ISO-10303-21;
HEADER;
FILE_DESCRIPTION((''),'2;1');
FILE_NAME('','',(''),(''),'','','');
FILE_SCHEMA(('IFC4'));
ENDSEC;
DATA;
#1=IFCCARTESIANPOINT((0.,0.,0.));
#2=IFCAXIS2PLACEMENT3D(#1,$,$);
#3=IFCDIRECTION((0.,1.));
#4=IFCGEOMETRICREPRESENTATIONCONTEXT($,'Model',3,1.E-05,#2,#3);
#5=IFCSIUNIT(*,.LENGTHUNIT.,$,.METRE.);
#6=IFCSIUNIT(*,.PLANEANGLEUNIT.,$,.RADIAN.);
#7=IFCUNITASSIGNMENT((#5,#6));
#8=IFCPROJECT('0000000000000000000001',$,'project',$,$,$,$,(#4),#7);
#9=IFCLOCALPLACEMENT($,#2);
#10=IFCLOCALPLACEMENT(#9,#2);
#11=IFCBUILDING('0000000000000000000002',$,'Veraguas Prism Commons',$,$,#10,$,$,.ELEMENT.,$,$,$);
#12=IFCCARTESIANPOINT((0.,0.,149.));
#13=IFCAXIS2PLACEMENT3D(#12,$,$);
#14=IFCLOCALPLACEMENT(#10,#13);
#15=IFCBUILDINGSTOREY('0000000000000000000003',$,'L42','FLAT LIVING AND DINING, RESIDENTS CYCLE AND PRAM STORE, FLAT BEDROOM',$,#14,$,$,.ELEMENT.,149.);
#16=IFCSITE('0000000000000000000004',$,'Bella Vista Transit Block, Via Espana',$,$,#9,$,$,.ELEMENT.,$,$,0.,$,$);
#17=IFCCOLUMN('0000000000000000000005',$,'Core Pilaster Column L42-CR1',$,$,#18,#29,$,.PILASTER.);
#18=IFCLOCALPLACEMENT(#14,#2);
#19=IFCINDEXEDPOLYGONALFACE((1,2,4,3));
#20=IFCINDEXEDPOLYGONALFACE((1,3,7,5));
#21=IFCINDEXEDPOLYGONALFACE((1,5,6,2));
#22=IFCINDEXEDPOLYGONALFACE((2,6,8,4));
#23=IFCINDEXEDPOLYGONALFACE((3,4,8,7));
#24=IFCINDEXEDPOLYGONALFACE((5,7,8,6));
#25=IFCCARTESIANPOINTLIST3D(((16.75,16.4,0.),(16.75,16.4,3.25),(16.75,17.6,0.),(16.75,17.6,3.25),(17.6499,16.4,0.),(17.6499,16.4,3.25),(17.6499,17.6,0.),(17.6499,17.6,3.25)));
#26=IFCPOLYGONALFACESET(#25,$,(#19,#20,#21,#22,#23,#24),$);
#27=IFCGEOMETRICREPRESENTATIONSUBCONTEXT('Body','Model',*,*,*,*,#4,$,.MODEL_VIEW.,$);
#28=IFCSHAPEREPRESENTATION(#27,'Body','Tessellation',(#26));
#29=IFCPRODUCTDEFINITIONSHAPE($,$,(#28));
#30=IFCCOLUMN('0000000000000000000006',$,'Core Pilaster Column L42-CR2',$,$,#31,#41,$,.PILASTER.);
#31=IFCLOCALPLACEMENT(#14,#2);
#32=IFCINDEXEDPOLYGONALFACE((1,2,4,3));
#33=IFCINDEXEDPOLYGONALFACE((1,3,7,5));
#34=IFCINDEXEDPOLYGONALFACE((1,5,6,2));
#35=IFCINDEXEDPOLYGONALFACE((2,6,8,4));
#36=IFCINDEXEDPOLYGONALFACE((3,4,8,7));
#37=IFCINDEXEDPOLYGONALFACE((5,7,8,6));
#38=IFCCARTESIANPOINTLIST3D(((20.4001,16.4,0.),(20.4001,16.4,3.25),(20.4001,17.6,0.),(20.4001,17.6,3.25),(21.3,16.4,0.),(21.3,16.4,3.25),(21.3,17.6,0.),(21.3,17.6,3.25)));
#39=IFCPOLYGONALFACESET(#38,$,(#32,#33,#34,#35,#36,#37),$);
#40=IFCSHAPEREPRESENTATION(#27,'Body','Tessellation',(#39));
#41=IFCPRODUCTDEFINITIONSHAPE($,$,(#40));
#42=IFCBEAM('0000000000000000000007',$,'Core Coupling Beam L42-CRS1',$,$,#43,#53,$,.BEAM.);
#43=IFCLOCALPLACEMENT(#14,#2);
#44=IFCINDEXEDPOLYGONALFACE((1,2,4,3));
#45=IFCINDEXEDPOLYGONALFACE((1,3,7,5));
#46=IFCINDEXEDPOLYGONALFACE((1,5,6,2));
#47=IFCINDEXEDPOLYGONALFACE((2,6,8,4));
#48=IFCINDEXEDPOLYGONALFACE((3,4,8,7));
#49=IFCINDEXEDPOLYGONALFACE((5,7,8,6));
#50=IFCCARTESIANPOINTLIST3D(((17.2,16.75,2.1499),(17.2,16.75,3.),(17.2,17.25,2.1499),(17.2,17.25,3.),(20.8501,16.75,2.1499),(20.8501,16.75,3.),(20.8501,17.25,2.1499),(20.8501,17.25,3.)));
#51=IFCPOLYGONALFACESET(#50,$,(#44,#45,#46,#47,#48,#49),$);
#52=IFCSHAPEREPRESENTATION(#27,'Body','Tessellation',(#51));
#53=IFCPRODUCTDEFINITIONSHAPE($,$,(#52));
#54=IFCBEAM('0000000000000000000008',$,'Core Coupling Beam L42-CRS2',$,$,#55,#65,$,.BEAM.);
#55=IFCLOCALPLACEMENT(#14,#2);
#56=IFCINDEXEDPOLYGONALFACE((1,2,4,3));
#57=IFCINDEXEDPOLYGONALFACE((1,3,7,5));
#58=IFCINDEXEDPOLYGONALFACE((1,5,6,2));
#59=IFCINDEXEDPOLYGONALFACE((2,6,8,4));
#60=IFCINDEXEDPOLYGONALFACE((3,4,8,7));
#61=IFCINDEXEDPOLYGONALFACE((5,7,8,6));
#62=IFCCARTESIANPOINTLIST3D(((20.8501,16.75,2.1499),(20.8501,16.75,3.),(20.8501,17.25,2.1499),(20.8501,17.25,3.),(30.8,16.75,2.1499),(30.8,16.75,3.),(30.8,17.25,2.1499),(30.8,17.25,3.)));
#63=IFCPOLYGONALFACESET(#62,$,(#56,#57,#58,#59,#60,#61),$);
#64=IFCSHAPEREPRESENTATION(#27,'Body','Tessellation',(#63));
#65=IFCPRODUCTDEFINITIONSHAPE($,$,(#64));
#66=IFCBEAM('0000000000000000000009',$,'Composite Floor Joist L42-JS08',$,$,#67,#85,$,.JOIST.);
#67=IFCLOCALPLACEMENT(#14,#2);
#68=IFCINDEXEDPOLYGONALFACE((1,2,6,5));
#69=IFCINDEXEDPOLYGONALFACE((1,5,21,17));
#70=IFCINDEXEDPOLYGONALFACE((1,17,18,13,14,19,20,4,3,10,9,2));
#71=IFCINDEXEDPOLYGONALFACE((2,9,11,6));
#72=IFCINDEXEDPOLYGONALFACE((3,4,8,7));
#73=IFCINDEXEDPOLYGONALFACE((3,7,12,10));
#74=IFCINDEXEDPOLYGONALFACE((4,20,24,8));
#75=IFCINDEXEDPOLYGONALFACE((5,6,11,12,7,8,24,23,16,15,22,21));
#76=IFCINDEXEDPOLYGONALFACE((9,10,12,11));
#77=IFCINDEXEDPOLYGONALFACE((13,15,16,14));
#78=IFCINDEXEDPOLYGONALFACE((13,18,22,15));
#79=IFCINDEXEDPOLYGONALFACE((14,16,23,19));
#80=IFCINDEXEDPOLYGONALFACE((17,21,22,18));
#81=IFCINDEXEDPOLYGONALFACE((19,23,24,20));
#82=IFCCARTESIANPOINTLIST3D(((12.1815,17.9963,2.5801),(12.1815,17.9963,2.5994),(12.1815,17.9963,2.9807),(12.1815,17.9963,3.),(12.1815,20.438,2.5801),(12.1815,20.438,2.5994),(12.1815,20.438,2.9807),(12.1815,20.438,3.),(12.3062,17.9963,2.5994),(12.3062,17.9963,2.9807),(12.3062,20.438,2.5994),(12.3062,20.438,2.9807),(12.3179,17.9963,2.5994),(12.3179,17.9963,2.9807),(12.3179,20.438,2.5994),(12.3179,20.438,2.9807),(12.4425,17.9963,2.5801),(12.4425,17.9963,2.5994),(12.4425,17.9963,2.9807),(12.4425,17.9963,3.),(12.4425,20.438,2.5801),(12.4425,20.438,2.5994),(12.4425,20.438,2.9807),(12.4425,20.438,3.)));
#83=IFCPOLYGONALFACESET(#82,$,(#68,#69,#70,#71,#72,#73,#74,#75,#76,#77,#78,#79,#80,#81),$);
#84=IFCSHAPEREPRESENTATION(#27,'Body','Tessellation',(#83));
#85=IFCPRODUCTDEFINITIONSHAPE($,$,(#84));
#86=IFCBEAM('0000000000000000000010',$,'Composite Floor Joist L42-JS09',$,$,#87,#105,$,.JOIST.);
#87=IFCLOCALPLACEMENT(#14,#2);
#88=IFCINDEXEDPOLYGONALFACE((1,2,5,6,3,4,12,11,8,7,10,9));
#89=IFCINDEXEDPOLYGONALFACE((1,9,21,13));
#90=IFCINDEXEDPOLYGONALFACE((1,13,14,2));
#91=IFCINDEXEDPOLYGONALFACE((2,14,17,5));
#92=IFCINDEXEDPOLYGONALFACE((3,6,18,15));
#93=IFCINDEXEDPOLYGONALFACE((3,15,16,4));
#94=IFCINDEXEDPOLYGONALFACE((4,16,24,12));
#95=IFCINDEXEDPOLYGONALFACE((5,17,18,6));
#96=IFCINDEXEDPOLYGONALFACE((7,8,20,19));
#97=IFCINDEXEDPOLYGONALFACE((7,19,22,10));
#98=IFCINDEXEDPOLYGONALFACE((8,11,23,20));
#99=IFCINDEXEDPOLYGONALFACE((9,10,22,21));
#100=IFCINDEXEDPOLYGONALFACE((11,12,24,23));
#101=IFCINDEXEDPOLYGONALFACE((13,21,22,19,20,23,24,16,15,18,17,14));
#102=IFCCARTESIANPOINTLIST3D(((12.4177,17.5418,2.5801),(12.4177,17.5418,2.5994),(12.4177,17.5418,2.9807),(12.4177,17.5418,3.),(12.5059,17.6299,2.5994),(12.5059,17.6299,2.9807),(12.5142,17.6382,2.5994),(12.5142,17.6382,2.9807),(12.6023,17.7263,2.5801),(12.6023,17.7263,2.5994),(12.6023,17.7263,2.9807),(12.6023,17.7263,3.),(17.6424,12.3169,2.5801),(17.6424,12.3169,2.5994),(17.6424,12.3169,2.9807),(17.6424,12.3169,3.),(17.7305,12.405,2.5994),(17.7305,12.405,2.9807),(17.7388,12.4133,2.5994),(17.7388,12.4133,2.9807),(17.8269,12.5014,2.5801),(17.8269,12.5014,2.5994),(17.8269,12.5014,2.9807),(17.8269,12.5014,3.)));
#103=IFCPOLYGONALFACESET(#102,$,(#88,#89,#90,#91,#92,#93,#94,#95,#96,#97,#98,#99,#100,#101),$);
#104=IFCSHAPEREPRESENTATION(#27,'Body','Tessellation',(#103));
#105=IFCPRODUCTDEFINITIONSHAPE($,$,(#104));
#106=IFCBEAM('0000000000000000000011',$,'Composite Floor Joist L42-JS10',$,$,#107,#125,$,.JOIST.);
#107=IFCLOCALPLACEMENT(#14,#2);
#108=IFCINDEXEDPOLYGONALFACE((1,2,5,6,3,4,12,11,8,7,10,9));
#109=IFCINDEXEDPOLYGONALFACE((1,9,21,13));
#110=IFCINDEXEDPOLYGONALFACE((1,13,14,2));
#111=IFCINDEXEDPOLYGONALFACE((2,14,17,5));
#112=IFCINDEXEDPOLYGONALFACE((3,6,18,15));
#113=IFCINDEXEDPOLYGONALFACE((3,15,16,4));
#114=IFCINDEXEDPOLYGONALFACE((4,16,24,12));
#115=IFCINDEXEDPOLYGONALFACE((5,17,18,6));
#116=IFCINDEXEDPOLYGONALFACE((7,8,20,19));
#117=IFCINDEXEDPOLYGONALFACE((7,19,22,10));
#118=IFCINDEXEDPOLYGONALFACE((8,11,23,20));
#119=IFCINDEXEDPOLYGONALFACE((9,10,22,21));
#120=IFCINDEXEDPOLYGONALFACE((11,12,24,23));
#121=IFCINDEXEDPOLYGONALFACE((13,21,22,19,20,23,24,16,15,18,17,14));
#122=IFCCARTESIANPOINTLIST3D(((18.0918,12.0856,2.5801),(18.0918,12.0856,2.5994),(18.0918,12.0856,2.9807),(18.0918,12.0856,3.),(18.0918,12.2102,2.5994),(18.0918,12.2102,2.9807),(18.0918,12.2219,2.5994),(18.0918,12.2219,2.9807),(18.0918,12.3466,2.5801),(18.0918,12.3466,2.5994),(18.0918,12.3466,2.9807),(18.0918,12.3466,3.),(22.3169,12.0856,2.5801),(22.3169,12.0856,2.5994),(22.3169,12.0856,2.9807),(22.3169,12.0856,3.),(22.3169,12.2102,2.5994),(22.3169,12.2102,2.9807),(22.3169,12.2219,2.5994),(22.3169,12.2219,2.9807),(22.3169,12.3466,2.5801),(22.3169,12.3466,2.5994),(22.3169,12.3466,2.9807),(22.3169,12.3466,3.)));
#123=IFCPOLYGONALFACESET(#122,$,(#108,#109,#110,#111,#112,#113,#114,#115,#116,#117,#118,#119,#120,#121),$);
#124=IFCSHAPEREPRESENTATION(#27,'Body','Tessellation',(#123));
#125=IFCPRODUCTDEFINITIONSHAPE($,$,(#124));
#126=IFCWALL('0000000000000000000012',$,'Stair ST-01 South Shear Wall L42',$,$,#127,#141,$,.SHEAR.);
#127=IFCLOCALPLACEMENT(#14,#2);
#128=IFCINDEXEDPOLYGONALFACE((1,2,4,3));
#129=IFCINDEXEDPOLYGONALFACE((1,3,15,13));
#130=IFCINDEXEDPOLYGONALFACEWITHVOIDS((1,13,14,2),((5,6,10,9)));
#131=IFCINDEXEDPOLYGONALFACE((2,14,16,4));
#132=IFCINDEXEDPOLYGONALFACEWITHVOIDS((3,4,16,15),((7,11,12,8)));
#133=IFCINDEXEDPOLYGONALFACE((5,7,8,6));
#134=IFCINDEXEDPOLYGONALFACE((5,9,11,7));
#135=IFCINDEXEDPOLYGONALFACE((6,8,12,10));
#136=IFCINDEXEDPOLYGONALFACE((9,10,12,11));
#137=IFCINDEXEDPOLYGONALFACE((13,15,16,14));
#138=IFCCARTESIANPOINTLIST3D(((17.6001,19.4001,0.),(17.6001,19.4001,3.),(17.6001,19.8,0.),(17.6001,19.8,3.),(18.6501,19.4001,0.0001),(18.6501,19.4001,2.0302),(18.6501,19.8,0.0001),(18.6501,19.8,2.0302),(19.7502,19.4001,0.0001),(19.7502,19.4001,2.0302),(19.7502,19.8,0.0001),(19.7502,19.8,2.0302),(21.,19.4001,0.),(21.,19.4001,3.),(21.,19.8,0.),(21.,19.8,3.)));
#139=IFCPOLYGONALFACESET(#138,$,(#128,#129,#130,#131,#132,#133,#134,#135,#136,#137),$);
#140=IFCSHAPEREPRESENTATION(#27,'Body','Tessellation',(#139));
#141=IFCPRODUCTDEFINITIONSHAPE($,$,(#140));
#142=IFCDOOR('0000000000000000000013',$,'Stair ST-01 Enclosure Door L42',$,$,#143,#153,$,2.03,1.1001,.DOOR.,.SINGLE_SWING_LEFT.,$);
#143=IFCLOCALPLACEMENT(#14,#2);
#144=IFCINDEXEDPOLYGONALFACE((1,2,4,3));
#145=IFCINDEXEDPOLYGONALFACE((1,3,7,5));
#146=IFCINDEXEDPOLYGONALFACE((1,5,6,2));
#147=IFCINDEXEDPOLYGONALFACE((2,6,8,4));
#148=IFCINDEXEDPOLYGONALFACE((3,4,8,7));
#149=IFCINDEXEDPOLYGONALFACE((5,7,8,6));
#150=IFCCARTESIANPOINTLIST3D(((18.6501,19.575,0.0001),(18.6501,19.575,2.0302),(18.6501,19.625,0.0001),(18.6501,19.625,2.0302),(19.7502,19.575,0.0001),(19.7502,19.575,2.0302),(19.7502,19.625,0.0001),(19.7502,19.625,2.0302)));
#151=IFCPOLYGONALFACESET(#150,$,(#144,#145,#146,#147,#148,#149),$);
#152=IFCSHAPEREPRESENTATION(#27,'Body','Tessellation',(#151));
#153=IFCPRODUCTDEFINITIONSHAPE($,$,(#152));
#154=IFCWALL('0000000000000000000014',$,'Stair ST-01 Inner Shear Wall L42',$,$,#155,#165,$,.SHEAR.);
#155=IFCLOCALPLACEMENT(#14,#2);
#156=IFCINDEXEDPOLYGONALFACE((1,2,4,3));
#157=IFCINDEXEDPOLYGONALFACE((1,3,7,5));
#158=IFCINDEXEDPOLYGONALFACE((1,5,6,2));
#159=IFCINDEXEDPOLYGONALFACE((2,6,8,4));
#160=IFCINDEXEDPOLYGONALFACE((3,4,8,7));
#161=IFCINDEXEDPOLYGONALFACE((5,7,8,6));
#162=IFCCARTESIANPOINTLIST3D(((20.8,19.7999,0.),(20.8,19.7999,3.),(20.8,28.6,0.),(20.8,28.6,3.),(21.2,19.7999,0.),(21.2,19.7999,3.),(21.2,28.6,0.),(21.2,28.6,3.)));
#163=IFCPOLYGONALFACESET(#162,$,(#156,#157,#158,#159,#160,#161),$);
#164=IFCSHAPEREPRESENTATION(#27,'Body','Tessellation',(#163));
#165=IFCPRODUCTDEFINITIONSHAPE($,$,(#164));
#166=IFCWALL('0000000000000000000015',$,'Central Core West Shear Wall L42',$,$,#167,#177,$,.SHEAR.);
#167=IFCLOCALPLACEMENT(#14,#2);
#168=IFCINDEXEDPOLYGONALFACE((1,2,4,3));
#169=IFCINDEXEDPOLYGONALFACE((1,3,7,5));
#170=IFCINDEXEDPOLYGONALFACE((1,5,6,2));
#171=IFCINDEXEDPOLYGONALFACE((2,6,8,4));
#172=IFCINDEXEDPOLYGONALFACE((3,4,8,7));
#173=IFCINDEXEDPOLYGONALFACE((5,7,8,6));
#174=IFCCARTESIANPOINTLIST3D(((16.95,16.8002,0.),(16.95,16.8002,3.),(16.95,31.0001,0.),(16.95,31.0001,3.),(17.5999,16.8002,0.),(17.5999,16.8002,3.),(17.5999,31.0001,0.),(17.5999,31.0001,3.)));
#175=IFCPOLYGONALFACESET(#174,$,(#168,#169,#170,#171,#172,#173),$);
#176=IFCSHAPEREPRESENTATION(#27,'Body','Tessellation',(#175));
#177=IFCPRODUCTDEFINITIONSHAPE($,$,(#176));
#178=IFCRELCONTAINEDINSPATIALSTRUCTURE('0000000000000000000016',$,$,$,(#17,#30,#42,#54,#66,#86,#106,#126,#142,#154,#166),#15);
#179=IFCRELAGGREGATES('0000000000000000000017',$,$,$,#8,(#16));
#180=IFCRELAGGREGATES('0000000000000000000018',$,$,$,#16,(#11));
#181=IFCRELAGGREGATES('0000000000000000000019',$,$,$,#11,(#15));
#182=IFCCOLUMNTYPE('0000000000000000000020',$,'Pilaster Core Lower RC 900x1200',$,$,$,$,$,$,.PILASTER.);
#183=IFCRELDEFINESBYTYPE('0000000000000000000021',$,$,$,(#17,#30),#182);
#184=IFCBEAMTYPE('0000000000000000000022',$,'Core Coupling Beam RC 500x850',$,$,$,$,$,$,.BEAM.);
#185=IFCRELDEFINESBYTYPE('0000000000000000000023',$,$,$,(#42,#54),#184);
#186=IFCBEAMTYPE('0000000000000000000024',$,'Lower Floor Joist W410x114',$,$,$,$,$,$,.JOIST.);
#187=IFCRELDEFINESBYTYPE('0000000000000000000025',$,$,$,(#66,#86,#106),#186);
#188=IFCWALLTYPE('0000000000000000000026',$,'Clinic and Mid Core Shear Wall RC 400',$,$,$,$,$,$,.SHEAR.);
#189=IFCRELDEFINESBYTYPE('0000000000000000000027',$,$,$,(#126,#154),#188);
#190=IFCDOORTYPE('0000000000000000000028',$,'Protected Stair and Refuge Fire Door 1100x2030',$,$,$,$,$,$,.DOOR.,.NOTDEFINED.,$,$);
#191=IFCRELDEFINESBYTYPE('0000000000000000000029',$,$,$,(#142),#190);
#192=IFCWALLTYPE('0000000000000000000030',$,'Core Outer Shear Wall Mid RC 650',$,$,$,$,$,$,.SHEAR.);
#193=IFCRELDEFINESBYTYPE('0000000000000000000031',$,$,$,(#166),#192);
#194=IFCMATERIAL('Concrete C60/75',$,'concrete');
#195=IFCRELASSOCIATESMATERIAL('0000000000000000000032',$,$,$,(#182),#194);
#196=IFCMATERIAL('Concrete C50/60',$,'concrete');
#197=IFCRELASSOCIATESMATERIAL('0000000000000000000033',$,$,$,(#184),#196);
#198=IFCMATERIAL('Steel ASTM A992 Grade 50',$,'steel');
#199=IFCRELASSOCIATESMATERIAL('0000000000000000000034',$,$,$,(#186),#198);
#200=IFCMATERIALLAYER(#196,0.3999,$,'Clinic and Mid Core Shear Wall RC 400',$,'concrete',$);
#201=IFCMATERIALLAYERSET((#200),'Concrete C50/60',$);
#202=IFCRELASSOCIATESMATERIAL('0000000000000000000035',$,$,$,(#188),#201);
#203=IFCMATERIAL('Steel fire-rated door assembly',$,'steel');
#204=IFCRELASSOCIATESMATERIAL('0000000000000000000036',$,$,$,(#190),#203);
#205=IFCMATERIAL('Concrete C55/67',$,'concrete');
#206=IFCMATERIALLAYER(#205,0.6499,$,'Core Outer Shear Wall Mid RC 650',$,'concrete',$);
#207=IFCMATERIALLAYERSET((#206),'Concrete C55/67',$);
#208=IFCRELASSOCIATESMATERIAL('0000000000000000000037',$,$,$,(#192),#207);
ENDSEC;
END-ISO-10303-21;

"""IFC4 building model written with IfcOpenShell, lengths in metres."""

from ifc_helpers import new_model, si_unit, direction, frame, frame_2d, origin, origin_2d, place, context, subcontext, project, spatial, rectangle, i_section, extrude, source, transform, mapped, material, layer, layer_set, material_profile, profile_set, type_object, element, fill, save


model = new_model("IFC4")

# Units and contexts
model_context = context("Model", 3, precision=1e-05, world=origin(), true_north=direction((0.0, 1.0)))
body_context = subcontext(model_context, "Body", "Model", "MODEL_VIEW")
ifc_project = project(units=[si_unit("LENGTHUNIT", "METRE"), si_unit("PLANEANGLEUNIT", "RADIAN")], contexts=[model_context])

# Site, building, storey
site_placement = place(None, origin())
site = spatial("IfcSite", under=ifc_project, at=site_placement, Name="Bella Vista Transit Block, Via Espana", CompositionType="ELEMENT", RefElevation=0.0)
building_placement = place(site_placement, origin())
building = spatial("IfcBuilding", under=site, at=building_placement, Name="Veraguas Prism Commons", CompositionType="ELEMENT")
storey_placement = place(building_placement, frame((0.0, 0.0, 149.0)))
storey = spatial("IfcBuildingStorey", under=building, at=storey_placement, Name="L42", Description="FLAT LIVING AND DINING, RESIDENTS CYCLE AND PRAM STORE, FLAT BEDROOM", CompositionType="ELEMENT", Elevation=149.0)

# Columns
ifc_material_1 = material(Name="Concrete C60/75", Category="concrete")
ifc_material_profile_1 = material_profile(ifc_material_1, rectangle(XDim=0.8999, YDim=1.2, at=origin_2d()), Name="RC900X1200")
ifc_profile_set_1 = profile_set([ifc_material_profile_1], Name="Concrete C60/75")
column_type = type_object("IfcColumnType", Name="Pilaster Core Lower RC 900x1200", PredefinedType="PILASTER", material=ifc_profile_set_1)
for number, where, z_axis, x_axis, name in (
    (1, (17.2, 17.0, 0.0), (0.0, 0.0, 1.0), (1.0, 0.0, 0.0), "Core Pilaster Column L42-CR1"),
    (2, (20.8501, 17.0, 0.0), (0.0, 0.0, 1.0), (1.0, 0.0, 0.0), "Core Pilaster Column L42-CR2"),
):
    element("IfcColumn", number, at=place(storey_placement, frame(where, z_axis=z_axis, x_axis=x_axis)), inside=storey, type_object=column_type, Name=name, PredefinedType="PILASTER", context=body_context, shape_type="SweptSolid", body=[
        extrude(rectangle(XDim=0.8999, YDim=1.2, at=origin_2d()), origin(), (0.0, 0.0, 1.0), 3.25),
    ])

# Beams
ifc_material_2 = material(Name="Concrete C50/60", Category="concrete")
ifc_material_profile_2 = material_profile(ifc_material_2, rectangle(XDim=0.5, YDim=0.8501, at=origin_2d()), Name="RC500X850")
ifc_profile_set_2 = profile_set([ifc_material_profile_2], Name="Concrete C50/60")
beam_type_1 = type_object("IfcBeamType", Name="Core Coupling Beam RC 500x850", PredefinedType="BEAM", material=ifc_profile_set_2)
beam_1_placement = place(storey_placement, frame((17.2, 17.0, 2.575), z_axis=(1.0, 0.0, 0.0), x_axis=(0.0, 1.0, 0.0)))
element("IfcBeam", 3, at=beam_1_placement, inside=storey, type_object=beam_type_1, Name="Core Coupling Beam L42-CRS1", PredefinedType="BEAM", context=body_context, shape_type="SweptSolid", body=[
    extrude(rectangle(XDim=0.5, YDim=0.8501, at=origin_2d()), origin(), (0.0, 0.0, 1.0), 3.6501),
])
beam_2_placement = place(storey_placement, frame((20.8501, 17.0, 2.575), z_axis=(1.0, 0.0, 0.0), x_axis=(0.0, 1.0, 0.0)))
element("IfcBeam", 4, at=beam_2_placement, inside=storey, type_object=beam_type_1, Name="Core Coupling Beam L42-CRS2", PredefinedType="BEAM", context=body_context, shape_type="SweptSolid", body=[
    extrude(rectangle(XDim=0.5, YDim=0.8501, at=origin_2d()), origin(), (0.0, 0.0, 1.0), 9.95),
])
ifc_material_3 = material(Name="Steel ASTM A992 Grade 50", Category="steel")
ifc_material_profile_3 = material_profile(ifc_material_3, i_section(OverallWidth=0.261, OverallDepth=0.4199, WebThickness=0.0117, FlangeThickness=0.0193, at=origin_2d()), Name="W410X114")
ifc_profile_set_3 = profile_set([ifc_material_profile_3], Name="Steel ASTM A992 Grade 50")
beam_type_2 = type_object("IfcBeamType", Name="Lower Floor Joist W410x114", PredefinedType="JOIST", material=ifc_profile_set_3)
beam_3_placement = place(storey_placement, frame((12.312, 20.438, 2.79), z_axis=(0.0, -1.0, 0.0), x_axis=(1.0, 0.0, 0.0)))
element("IfcBeam", 5, at=beam_3_placement, inside=storey, type_object=beam_type_2, Name="Composite Floor Joist L42-JS08", PredefinedType="JOIST", context=body_context, shape_type="SweptSolid", body=[
    extrude(i_section(OverallWidth=0.261, OverallDepth=0.4199, WebThickness=0.0117, FlangeThickness=0.0193, at=origin_2d()), origin(), (0.0, 0.0, 1.0), 2.4417),
])
beam_4_placement = place(storey_placement, frame((12.51, 17.634, 2.79), z_axis=(0.70709, -0.707123, 0.0), x_axis=(0.707123, 0.70709, 0.0)))
element("IfcBeam", 6, at=beam_4_placement, inside=storey, type_object=beam_type_2, Name="Composite Floor Joist L42-JS09", PredefinedType="JOIST", context=body_context, shape_type="SweptSolid", body=[
    extrude(i_section(OverallWidth=0.261, OverallDepth=0.4199, WebThickness=0.0117, FlangeThickness=0.0193, at=origin_2d()), origin(), (0.0, 0.0, 1.0), 7.3889),
])
beam_5_placement = place(storey_placement, frame((18.0918, 12.2161, 2.79), z_axis=(1.0, 0.0, 0.0), x_axis=(0.0, 1.0, 0.0)))
element("IfcBeam", 7, at=beam_5_placement, inside=storey, type_object=beam_type_2, Name="Composite Floor Joist L42-JS10", PredefinedType="JOIST", context=body_context, shape_type="SweptSolid", body=[
    extrude(i_section(OverallWidth=0.261, OverallDepth=0.4199, WebThickness=0.0117, FlangeThickness=0.0193, at=origin_2d()), origin(), (0.0, 0.0, 1.0), 4.2251),
])

# Wall, opening, door
ifc_layer_1 = layer(ifc_material_2, 0.3999, Name="Clinic and Mid Core Shear Wall RC 400", Category="concrete")
ifc_layer_set_1 = layer_set([ifc_layer_1], Name="Concrete C50/60")
wall_type_1 = type_object("IfcWallType", Name="Clinic and Mid Core Shear Wall RC 400", PredefinedType="SHEAR", material=ifc_layer_set_1)
wall_1_placement = place(storey_placement, frame((17.6001, 19.6001, 0.0), z_axis=(0.0, 0.0, 1.0), x_axis=(1.0, 0.0, 0.0)))
wall_1 = element("IfcWall", 8, at=wall_1_placement, inside=storey, type_object=wall_type_1, Name="Stair ST-01 South Shear Wall L42", PredefinedType="SHEAR", context=body_context, shape_type="SweptSolid", body=[
    extrude(rectangle(XDim=3.3999, YDim=0.3999, at=frame_2d((1.7, 0.0))), origin(), (0.0, 0.0, 1.0), 3.0),
])
opening_1_placement = place(wall_1_placement, frame((1.05, 0.0, 0.0)))
opening_1 = element("IfcOpeningElement", 9, at=opening_1_placement, cuts=wall_1, PredefinedType="OPENING", context=body_context, shape_type="SweptSolid", body=[
    extrude(rectangle(XDim=1.1001, YDim=2.03, at=frame_2d((0.55, 1.0151))), frame((0.0, 0.21, 0.0), z_axis=(0.0, -1.0, 0.0), x_axis=(1.0, 0.0, 0.0)), (0.0, 0.0, 1.0), 0.4199),
])
ifc_material_4 = material(Name="Steel fire-rated door assembly", Category="steel")
door_type_1 = type_object("IfcDoorType", Name="Protected Stair and Refuge Fire Door 1100x2030", OperationType="NOTDEFINED", PredefinedType="DOOR", material=ifc_material_4)
shared_shape_1 = source(origin(), body_context, "Body", "SweptSolid", [
    extrude(rectangle(XDim=1.1001, YDim=2.03, at=frame_2d((0.55, 1.0151))), frame((0.0, 0.0249, 0.0), z_axis=(0.0, -1.0, 0.0), x_axis=(1.0, 0.0, 0.0)), (0.0, 0.0, 1.0), 0.05),
])
door_1_placement = place(opening_1_placement, origin())
door_1 = element("IfcDoor", 10, at=door_1_placement, inside=storey, type_object=door_type_1, Name="Stair ST-01 Enclosure Door L42", OperationType="SINGLE_SWING_LEFT", OverallHeight=2.03, OverallWidth=1.1001, PredefinedType="DOOR", context=body_context, shape_type="MappedRepresentation", body=[
    mapped(shared_shape_1, transform((0.0, 0.0, 0.0), scale=1.0)),
])
fill(opening_1, door_1)

# Walls
wall_2_placement = place(storey_placement, frame((21.0, 19.8, 0.0), z_axis=(0.0, 0.0, 1.0), x_axis=(0.0, 1.0, 0.0)))
element("IfcWall", 11, at=wall_2_placement, inside=storey, type_object=wall_type_1, Name="Stair ST-01 Inner Shear Wall L42", PredefinedType="SHEAR", context=body_context, shape_type="SweptSolid", body=[
    extrude(rectangle(XDim=8.8, YDim=0.3999, at=frame_2d((4.3999, 0.0))), origin(), (0.0, 0.0, 1.0), 3.0),
])
ifc_material_5 = material(Name="Concrete C55/67", Category="concrete")
ifc_layer_2 = layer(ifc_material_5, 0.6499, Name="Core Outer Shear Wall Mid RC 650", Category="concrete")
ifc_layer_set_2 = layer_set([ifc_layer_2], Name="Concrete C55/67")
wall_type_2 = type_object("IfcWallType", Name="Core Outer Shear Wall Mid RC 650", PredefinedType="SHEAR", material=ifc_layer_set_2)
wall_3_placement = place(storey_placement, frame((17.2749, 16.8, 0.0), z_axis=(0.0, 0.0, 1.0), x_axis=(0.0, 1.0, 0.0)))
element("IfcWall", 12, at=wall_3_placement, inside=storey, type_object=wall_type_2, Name="Central Core West Shear Wall L42", PredefinedType="SHEAR", context=body_context, shape_type="SweptSolid", body=[
    extrude(rectangle(XDim=14.2, YDim=0.6499, at=frame_2d((7.1001, 0.0))), origin(), (0.0, 0.0, 1.0), 3.0),
])

save(model, "model.ifc")
